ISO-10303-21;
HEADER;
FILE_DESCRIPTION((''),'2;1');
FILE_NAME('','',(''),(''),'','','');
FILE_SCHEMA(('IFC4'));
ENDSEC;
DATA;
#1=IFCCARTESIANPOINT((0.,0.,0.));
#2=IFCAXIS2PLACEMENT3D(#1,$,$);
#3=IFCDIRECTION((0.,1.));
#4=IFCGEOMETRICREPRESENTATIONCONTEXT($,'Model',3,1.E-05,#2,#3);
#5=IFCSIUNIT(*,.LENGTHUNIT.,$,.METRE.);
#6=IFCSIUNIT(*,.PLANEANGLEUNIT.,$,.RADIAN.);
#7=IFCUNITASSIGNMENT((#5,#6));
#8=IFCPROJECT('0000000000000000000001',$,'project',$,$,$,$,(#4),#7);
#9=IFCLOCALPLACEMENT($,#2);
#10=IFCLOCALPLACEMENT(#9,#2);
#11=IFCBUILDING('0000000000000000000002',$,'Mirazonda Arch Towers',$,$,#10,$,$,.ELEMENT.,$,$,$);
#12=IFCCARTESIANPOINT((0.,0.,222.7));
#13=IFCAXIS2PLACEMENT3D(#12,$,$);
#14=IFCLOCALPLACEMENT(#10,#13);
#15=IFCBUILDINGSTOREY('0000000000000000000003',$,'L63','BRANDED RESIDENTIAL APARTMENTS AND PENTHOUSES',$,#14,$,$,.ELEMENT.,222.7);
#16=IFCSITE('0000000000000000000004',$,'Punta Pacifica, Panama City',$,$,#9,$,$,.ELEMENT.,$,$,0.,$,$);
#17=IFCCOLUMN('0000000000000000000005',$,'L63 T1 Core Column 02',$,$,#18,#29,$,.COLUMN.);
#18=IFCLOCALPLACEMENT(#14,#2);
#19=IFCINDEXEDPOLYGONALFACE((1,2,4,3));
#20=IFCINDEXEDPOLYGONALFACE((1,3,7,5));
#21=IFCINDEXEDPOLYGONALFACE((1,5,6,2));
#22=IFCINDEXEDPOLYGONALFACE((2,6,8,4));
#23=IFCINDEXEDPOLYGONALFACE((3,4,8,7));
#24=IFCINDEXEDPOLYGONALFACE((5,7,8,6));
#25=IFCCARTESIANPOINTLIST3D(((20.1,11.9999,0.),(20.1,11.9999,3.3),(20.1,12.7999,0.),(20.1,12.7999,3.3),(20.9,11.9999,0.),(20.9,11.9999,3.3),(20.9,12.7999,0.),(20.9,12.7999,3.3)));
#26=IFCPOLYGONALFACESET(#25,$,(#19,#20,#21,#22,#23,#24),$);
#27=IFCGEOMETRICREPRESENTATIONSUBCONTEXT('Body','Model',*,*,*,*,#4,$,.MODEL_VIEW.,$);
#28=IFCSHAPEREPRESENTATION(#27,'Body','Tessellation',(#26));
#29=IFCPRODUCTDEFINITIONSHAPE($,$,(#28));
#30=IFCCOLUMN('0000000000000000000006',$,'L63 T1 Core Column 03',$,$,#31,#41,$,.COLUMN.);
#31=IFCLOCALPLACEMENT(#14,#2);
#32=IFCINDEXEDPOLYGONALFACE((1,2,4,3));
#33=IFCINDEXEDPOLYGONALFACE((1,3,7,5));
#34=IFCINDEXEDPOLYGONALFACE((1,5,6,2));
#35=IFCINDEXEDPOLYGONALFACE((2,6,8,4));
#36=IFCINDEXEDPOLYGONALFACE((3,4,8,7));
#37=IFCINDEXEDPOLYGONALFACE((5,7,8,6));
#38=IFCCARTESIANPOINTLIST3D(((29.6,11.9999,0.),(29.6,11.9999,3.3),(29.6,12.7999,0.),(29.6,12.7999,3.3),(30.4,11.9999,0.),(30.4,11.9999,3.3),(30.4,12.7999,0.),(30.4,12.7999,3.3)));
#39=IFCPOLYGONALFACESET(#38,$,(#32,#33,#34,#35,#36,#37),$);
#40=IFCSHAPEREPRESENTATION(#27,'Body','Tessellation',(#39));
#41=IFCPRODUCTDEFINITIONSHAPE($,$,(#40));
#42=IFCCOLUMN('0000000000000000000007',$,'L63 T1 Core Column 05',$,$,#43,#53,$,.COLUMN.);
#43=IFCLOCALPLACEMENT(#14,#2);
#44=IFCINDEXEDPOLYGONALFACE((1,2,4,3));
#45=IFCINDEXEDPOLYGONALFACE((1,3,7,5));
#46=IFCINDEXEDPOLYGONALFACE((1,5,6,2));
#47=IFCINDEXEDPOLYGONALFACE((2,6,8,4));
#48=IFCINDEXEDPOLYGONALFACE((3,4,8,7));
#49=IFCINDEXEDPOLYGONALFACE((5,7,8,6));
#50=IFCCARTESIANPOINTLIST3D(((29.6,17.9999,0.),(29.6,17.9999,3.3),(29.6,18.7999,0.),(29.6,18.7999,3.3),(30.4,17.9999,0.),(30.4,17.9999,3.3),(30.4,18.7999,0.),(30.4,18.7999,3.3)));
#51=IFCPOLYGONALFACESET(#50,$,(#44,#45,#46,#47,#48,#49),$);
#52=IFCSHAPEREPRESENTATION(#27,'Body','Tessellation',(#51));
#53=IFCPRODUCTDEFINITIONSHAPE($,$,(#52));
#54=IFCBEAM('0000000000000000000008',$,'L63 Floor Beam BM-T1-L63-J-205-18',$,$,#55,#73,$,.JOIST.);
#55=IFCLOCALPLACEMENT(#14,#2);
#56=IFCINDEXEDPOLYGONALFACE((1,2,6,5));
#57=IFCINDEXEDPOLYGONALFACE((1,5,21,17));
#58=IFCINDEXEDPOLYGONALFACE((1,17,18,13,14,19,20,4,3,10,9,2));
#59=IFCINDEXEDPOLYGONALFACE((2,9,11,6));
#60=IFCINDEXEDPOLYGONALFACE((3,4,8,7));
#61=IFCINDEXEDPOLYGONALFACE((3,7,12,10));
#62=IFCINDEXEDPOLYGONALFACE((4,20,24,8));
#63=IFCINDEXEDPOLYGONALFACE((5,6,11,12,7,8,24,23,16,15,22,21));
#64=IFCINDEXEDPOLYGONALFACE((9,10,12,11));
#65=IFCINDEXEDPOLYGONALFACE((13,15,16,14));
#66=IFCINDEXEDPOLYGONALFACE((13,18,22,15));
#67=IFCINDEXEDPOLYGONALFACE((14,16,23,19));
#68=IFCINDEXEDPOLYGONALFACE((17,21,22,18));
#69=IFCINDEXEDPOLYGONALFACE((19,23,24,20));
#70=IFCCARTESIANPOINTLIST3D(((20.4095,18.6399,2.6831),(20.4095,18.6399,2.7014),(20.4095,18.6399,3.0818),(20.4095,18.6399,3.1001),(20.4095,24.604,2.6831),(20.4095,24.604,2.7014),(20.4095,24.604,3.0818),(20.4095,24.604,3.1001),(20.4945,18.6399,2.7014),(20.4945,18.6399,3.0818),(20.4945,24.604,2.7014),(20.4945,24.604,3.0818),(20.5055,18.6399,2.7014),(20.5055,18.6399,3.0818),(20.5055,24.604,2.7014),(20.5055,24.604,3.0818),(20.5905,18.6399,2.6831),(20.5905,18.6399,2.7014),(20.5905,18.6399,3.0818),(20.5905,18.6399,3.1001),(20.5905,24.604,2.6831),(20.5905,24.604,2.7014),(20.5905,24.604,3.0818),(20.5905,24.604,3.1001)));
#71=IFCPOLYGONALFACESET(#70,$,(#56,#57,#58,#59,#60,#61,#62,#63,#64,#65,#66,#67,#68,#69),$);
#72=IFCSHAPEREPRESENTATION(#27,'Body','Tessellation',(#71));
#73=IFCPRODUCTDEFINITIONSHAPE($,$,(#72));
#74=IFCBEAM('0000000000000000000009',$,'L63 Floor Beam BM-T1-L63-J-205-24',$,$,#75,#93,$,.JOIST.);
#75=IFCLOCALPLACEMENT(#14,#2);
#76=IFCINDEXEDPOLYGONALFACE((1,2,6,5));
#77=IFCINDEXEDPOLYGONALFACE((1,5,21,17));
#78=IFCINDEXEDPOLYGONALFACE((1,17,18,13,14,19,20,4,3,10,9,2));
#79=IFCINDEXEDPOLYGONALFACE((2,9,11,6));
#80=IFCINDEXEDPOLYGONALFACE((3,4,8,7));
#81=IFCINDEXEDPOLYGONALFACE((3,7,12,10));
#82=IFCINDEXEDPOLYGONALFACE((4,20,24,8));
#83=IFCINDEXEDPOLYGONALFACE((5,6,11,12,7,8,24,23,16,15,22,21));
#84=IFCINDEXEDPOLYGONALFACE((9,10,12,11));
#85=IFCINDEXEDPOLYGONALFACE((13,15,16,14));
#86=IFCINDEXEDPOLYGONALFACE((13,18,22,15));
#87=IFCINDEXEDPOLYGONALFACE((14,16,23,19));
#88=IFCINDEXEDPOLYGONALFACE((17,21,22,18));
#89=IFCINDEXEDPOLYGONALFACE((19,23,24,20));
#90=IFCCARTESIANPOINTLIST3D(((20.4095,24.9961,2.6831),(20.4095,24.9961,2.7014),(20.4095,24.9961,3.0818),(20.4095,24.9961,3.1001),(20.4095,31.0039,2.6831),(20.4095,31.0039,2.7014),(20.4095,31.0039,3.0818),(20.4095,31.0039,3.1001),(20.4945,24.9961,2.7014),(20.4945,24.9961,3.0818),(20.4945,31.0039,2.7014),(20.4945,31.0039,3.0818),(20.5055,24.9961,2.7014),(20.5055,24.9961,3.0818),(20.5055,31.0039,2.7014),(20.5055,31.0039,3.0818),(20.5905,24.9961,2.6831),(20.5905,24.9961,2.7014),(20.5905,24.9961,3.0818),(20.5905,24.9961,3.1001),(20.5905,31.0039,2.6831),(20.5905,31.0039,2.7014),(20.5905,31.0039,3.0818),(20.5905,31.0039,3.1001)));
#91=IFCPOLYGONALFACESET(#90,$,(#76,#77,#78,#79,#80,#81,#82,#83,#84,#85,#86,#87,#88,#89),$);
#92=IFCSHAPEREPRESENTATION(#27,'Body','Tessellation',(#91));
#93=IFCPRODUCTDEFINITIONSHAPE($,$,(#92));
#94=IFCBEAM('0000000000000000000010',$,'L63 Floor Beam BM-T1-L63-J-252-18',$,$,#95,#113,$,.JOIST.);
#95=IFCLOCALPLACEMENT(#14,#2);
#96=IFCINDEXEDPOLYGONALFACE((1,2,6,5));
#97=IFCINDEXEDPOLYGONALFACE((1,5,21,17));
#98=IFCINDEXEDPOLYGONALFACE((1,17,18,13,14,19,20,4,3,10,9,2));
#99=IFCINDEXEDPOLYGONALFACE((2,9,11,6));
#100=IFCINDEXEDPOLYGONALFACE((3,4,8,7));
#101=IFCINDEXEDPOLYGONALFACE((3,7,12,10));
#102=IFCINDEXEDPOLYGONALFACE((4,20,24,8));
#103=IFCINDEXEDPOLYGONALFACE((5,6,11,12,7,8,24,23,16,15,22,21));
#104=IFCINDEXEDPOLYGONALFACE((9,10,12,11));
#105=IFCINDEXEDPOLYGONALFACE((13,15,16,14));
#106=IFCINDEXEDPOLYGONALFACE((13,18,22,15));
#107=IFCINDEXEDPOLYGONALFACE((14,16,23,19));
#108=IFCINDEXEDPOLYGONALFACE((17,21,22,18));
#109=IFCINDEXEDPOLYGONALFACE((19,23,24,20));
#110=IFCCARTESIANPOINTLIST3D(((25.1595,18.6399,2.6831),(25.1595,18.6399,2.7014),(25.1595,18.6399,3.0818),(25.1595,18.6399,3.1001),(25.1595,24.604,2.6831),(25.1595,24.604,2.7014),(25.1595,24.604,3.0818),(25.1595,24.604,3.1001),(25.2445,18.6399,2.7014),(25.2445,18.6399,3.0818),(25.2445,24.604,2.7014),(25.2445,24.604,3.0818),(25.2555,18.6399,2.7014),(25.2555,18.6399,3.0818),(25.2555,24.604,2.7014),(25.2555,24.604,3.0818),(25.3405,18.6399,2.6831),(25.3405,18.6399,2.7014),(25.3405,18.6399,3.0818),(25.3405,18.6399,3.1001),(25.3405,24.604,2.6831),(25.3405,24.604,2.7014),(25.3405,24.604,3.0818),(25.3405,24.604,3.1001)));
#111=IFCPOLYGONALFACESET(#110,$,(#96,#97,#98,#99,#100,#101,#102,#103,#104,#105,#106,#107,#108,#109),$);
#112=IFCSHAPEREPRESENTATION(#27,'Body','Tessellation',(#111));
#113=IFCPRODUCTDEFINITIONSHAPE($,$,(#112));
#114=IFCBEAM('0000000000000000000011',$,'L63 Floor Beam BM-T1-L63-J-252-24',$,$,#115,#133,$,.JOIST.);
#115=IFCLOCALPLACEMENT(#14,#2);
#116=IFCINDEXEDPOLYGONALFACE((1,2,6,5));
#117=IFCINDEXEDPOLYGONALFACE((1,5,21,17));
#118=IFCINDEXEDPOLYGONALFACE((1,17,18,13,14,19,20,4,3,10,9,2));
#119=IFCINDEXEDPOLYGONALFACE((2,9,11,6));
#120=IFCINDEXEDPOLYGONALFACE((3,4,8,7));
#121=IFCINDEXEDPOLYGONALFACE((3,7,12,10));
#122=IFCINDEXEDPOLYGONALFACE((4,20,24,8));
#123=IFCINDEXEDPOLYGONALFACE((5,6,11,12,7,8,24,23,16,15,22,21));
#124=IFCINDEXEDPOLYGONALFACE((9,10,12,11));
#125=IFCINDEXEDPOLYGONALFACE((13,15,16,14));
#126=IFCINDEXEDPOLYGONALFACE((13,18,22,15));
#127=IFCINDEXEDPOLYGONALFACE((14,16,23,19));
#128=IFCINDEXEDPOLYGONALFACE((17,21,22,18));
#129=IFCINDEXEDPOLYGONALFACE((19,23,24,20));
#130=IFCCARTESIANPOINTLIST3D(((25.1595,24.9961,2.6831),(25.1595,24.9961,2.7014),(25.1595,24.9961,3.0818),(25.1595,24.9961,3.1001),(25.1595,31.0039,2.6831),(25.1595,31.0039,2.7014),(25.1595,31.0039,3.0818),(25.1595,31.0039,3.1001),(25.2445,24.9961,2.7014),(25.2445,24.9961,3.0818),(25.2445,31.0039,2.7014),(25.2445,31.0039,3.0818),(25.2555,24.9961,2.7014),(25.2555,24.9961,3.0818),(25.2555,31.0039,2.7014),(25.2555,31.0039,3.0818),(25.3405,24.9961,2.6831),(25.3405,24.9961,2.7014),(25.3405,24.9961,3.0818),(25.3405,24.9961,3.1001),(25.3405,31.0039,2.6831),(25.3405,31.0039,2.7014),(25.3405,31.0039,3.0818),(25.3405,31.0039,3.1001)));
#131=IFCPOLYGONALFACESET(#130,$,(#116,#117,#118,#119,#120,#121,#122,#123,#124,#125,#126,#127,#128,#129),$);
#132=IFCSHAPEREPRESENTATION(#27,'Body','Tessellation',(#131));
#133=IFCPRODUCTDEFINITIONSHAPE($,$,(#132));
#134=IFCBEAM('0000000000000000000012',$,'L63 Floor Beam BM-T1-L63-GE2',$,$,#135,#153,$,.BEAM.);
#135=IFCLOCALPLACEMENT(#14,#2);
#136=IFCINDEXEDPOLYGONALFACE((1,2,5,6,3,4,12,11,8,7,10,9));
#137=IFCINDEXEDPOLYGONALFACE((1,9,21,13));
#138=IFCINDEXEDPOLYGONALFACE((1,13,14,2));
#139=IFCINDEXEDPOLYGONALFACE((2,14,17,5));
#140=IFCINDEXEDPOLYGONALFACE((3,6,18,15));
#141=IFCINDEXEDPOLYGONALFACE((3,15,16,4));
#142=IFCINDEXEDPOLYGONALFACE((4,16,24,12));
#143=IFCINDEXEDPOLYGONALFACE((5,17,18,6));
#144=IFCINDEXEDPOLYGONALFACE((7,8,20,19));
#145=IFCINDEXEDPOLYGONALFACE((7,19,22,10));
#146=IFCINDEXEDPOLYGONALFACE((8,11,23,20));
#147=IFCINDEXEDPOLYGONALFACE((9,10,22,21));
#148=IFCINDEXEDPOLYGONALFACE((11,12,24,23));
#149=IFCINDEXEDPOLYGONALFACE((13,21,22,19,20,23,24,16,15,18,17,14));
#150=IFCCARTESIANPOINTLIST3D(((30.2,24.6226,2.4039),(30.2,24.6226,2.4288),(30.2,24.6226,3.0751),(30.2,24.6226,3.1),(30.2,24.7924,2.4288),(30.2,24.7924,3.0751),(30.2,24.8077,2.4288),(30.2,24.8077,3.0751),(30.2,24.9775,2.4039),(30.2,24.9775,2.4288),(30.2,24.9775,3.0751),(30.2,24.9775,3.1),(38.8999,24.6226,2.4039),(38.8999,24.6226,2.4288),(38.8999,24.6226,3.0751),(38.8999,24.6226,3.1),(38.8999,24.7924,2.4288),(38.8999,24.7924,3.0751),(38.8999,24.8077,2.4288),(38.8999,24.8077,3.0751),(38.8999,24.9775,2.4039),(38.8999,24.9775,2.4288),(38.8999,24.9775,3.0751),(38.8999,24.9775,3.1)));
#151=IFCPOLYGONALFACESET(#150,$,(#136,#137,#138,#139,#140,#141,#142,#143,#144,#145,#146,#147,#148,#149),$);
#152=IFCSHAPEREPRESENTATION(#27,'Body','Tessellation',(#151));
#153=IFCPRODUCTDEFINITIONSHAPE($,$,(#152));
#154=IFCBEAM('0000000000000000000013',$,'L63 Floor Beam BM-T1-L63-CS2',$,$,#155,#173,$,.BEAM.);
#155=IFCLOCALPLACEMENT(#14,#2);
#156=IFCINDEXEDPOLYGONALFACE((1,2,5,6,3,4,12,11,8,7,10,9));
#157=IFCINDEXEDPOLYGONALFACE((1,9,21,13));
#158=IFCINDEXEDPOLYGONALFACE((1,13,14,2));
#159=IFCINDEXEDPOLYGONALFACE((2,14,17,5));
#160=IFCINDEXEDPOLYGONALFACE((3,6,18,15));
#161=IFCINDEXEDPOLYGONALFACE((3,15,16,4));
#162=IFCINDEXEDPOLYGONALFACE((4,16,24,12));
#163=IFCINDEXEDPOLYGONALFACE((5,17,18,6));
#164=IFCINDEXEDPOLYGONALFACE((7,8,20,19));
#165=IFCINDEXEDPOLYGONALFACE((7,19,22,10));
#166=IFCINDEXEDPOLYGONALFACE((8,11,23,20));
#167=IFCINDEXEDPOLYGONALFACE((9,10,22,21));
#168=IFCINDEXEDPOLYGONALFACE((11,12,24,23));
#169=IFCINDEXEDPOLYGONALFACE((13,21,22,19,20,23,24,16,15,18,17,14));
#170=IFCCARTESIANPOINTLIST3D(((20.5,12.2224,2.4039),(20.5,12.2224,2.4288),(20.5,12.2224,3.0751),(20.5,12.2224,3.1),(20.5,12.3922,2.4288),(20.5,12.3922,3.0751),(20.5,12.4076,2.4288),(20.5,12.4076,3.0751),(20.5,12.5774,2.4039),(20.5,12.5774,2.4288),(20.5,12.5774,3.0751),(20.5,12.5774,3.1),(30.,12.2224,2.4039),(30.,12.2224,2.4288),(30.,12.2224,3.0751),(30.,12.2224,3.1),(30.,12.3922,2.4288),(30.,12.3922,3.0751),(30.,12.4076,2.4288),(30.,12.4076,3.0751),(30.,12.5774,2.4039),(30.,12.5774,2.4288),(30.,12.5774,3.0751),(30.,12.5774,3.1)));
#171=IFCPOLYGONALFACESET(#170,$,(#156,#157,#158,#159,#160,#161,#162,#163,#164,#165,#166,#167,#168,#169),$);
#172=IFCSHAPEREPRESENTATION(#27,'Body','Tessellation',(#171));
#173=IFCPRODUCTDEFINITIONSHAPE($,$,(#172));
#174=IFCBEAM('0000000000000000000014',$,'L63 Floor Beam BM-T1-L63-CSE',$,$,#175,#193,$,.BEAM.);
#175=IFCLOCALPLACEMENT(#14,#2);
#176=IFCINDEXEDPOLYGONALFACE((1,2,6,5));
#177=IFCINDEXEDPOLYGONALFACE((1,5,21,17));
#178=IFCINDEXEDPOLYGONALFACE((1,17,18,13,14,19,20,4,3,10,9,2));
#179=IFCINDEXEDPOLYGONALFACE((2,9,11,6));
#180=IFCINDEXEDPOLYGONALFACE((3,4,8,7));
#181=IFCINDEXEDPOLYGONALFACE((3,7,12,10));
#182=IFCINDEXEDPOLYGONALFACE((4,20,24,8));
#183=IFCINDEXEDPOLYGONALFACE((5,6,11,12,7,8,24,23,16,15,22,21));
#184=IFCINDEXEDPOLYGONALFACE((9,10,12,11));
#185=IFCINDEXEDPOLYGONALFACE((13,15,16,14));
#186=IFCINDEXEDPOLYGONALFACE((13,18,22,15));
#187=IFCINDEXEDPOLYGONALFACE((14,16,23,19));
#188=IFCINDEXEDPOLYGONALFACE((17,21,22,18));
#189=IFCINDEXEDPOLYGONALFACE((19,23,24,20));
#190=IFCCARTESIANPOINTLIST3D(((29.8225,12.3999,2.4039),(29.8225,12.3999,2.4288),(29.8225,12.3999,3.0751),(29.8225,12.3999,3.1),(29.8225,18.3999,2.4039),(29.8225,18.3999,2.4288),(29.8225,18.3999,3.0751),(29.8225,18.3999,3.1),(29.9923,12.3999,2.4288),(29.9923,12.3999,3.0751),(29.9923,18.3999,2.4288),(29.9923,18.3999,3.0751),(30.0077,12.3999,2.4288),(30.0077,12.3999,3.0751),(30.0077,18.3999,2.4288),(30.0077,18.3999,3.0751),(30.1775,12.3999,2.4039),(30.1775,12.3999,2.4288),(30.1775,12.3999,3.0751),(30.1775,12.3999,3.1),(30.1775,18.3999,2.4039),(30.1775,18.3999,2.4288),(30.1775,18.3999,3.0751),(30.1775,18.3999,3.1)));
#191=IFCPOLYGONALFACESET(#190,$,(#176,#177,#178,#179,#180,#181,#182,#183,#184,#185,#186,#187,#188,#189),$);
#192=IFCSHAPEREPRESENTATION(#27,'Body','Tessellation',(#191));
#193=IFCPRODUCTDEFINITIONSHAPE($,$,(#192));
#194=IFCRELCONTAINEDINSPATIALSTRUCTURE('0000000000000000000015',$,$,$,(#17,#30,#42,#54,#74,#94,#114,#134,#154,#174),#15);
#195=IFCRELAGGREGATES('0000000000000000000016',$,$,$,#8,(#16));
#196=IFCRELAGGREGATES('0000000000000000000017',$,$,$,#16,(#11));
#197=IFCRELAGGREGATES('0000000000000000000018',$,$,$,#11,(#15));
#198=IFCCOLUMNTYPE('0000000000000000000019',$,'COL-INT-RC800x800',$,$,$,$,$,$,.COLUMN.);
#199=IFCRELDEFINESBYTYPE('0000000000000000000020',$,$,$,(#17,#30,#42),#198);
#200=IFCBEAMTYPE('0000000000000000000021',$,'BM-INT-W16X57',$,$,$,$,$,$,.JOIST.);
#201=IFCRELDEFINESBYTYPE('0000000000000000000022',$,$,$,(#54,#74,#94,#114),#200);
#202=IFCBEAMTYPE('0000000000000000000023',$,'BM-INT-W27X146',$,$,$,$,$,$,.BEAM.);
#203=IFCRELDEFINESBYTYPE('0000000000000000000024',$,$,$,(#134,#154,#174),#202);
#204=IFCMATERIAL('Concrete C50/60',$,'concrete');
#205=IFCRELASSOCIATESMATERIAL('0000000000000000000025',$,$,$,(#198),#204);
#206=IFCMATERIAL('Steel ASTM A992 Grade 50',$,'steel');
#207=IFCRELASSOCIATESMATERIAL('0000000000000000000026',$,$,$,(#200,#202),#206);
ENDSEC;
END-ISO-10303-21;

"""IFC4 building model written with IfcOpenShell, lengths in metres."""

from ifc_helpers import new_model, si_unit, direction, frame, origin, origin_2d, place, context, subcontext, project, spatial, rectangle, i_section, extrude, material, material_profile, profile_set, type_object, element, save


model = new_model("IFC4")

# Units and contexts
model_context = context("Model", 3, precision=1e-05, world=origin(), true_north=direction((0.0, 1.0)))
body_context = subcontext(model_context, "Body", "Model", "MODEL_VIEW")
ifc_project = project(units=[si_unit("LENGTHUNIT", "METRE"), si_unit("PLANEANGLEUNIT", "RADIAN")], contexts=[model_context])

# Site, building, storey
site_placement = place(None, origin())
site = spatial("IfcSite", under=ifc_project, at=site_placement, Name="Punta Pacifica, Panama City", CompositionType="ELEMENT", RefElevation=0.0)
building_placement = place(site_placement, origin())
building = spatial("IfcBuilding", under=site, at=building_placement, Name="Mirazonda Arch Towers", CompositionType="ELEMENT")
storey_placement = place(building_placement, frame((0.0, 0.0, 222.7)))
storey = spatial("IfcBuildingStorey", under=building, at=storey_placement, Name="L63", Description="BRANDED RESIDENTIAL APARTMENTS AND PENTHOUSES", CompositionType="ELEMENT", Elevation=222.7)

# Columns
ifc_material_1 = material(Name="Concrete C50/60", Category="concrete")
ifc_material_profile_1 = material_profile(ifc_material_1, rectangle(XDim=0.8, YDim=0.8, at=origin_2d()), Name="RC800x800")
ifc_profile_set_1 = profile_set([ifc_material_profile_1], Name="Concrete C50/60")
column_type = type_object("IfcColumnType", Name="COL-INT-RC800x800", PredefinedType="COLUMN", material=ifc_profile_set_1)
for number, where, z_axis, x_axis, name in (
    (1, (20.5, 12.3999, 0.0), (0.0, 0.0, 1.0), (1.0, 0.0, 0.0), "L63 T1 Core Column 02"),
    (2, (30.0, 12.3999, 0.0), (0.0, 0.0, 1.0), (1.0, 0.0, 0.0), "L63 T1 Core Column 03"),
    (3, (30.0, 18.3999, 0.0), (0.0, 0.0, 1.0), (1.0, 0.0, 0.0), "L63 T1 Core Column 05"),
):
    element("IfcColumn", number, at=place(storey_placement, frame(where, z_axis=z_axis, x_axis=x_axis)), inside=storey, type_object=column_type, Name=name, PredefinedType="COLUMN", context=body_context, shape_type="SweptSolid", body=[
        extrude(rectangle(XDim=0.8, YDim=0.8, at=origin_2d()), origin(), (0.0, 0.0, 1.0), 3.3),
    ])

# Beams
ifc_material_2 = material(Name="Steel ASTM A992 Grade 50", Category="steel")
ifc_material_profile_2 = material_profile(ifc_material_2, i_section(OverallWidth=0.1809, OverallDepth=0.417, WebThickness=0.011, FlangeThickness=0.0183, at=origin_2d()), Name="W16X57")
ifc_profile_set_2 = profile_set([ifc_material_profile_2], Name="Steel ASTM A992 Grade 50")
beam_type_1 = type_object("IfcBeamType", Name="BM-INT-W16X57", PredefinedType="JOIST", material=ifc_profile_set_2)
beam_1_placement = place(storey_placement, frame((20.5, 18.6399, 2.8916), z_axis=(0.0, 1.0, 0.0), x_axis=(-1.0, 0.0, 0.0)))
element("IfcBeam", 4, at=beam_1_placement, inside=storey, type_object=beam_type_1, Name="L63 Floor Beam BM-T1-L63-J-205-18", PredefinedType="JOIST", context=body_context, shape_type="SweptSolid", body=[
    extrude(i_section(OverallWidth=0.1809, OverallDepth=0.417, WebThickness=0.011, FlangeThickness=0.0183, at=origin_2d()), origin(), (0.0, 0.0, 1.0), 5.9641),
])
beam_2_placement = place(storey_placement, frame((20.5, 24.9961, 2.8916), z_axis=(0.0, 1.0, 0.0), x_axis=(-1.0, 0.0, 0.0)))
element("IfcBeam", 5, at=beam_2_placement, inside=storey, type_object=beam_type_1, Name="L63 Floor Beam BM-T1-L63-J-205-24", PredefinedType="JOIST", context=body_context, shape_type="SweptSolid", body=[
    extrude(i_section(OverallWidth=0.1809, OverallDepth=0.417, WebThickness=0.011, FlangeThickness=0.0183, at=origin_2d()), origin(), (0.0, 0.0, 1.0), 6.0078),
])
beam_3_placement = place(storey_placement, frame((25.25, 18.6399, 2.8916), z_axis=(0.0, 1.0, 0.0), x_axis=(-1.0, 0.0, 0.0)))
element("IfcBeam", 6, at=beam_3_placement, inside=storey, type_object=beam_type_1, Name="L63 Floor Beam BM-T1-L63-J-252-18", PredefinedType="JOIST", context=body_context, shape_type="SweptSolid", body=[
    extrude(i_section(OverallWidth=0.1809, OverallDepth=0.417, WebThickness=0.011, FlangeThickness=0.0183, at=origin_2d()), origin(), (0.0, 0.0, 1.0), 5.9641),
])
beam_4_placement = place(storey_placement, frame((25.25, 24.9961, 2.8916), z_axis=(0.0, 1.0, 0.0), x_axis=(-1.0, 0.0, 0.0)))
element("IfcBeam", 7, at=beam_4_placement, inside=storey, type_object=beam_type_1, Name="L63 Floor Beam BM-T1-L63-J-252-24", PredefinedType="JOIST", context=body_context, shape_type="SweptSolid", body=[
    extrude(i_section(OverallWidth=0.1809, OverallDepth=0.417, WebThickness=0.011, FlangeThickness=0.0183, at=origin_2d()), origin(), (0.0, 0.0, 1.0), 6.0078),
])
ifc_material_profile_3 = material_profile(ifc_material_2, i_section(OverallWidth=0.355, OverallDepth=0.696, WebThickness=0.0154, FlangeThickness=0.0249, at=origin_2d()), Name="W27X146")
ifc_profile_set_3 = profile_set([ifc_material_profile_3], Name="Steel ASTM A992 Grade 50")
beam_type_2 = type_object("IfcBeamType", Name="BM-INT-W27X146", PredefinedType="BEAM", material=ifc_profile_set_3)
beam_5_placement = place(storey_placement, frame((30.2, 24.8, 2.752), z_axis=(1.0, 0.0, 0.0), x_axis=(0.0, 1.0, 0.0)))
element("IfcBeam", 8, at=beam_5_placement, inside=storey, type_object=beam_type_2, Name="L63 Floor Beam BM-T1-L63-GE2", PredefinedType="BEAM", context=body_context, shape_type="SweptSolid", body=[
    extrude(i_section(OverallWidth=0.355, OverallDepth=0.696, WebThickness=0.0154, FlangeThickness=0.0249, at=origin_2d()), origin(), (0.0, 0.0, 1.0), 8.7),
])
beam_6_placement = place(storey_placement, frame((20.5, 12.3999, 2.752), z_axis=(1.0, 0.0, 0.0), x_axis=(0.0, 1.0, 0.0)))
element("IfcBeam", 9, at=beam_6_placement, inside=storey, type_object=beam_type_2, Name="L63 Floor Beam BM-T1-L63-CS2", PredefinedType="BEAM", context=body_context, shape_type="SweptSolid", body=[
    extrude(i_section(OverallWidth=0.355, OverallDepth=0.696, WebThickness=0.0154, FlangeThickness=0.0249, at=origin_2d()), origin(), (0.0, 0.0, 1.0), 9.5),
])
beam_7_placement = place(storey_placement, frame((30.0, 12.3999, 2.752), z_axis=(0.0, 1.0, 0.0), x_axis=(-1.0, 0.0, 0.0)))
element("IfcBeam", 10, at=beam_7_placement, inside=storey, type_object=beam_type_2, Name="L63 Floor Beam BM-T1-L63-CSE", PredefinedType="BEAM", context=body_context, shape_type="SweptSolid", body=[
    extrude(i_section(OverallWidth=0.355, OverallDepth=0.696, WebThickness=0.0154, FlangeThickness=0.0249, at=origin_2d()), origin(), (0.0, 0.0, 1.0), 6.0),
])

save(model, "model.ifc")
